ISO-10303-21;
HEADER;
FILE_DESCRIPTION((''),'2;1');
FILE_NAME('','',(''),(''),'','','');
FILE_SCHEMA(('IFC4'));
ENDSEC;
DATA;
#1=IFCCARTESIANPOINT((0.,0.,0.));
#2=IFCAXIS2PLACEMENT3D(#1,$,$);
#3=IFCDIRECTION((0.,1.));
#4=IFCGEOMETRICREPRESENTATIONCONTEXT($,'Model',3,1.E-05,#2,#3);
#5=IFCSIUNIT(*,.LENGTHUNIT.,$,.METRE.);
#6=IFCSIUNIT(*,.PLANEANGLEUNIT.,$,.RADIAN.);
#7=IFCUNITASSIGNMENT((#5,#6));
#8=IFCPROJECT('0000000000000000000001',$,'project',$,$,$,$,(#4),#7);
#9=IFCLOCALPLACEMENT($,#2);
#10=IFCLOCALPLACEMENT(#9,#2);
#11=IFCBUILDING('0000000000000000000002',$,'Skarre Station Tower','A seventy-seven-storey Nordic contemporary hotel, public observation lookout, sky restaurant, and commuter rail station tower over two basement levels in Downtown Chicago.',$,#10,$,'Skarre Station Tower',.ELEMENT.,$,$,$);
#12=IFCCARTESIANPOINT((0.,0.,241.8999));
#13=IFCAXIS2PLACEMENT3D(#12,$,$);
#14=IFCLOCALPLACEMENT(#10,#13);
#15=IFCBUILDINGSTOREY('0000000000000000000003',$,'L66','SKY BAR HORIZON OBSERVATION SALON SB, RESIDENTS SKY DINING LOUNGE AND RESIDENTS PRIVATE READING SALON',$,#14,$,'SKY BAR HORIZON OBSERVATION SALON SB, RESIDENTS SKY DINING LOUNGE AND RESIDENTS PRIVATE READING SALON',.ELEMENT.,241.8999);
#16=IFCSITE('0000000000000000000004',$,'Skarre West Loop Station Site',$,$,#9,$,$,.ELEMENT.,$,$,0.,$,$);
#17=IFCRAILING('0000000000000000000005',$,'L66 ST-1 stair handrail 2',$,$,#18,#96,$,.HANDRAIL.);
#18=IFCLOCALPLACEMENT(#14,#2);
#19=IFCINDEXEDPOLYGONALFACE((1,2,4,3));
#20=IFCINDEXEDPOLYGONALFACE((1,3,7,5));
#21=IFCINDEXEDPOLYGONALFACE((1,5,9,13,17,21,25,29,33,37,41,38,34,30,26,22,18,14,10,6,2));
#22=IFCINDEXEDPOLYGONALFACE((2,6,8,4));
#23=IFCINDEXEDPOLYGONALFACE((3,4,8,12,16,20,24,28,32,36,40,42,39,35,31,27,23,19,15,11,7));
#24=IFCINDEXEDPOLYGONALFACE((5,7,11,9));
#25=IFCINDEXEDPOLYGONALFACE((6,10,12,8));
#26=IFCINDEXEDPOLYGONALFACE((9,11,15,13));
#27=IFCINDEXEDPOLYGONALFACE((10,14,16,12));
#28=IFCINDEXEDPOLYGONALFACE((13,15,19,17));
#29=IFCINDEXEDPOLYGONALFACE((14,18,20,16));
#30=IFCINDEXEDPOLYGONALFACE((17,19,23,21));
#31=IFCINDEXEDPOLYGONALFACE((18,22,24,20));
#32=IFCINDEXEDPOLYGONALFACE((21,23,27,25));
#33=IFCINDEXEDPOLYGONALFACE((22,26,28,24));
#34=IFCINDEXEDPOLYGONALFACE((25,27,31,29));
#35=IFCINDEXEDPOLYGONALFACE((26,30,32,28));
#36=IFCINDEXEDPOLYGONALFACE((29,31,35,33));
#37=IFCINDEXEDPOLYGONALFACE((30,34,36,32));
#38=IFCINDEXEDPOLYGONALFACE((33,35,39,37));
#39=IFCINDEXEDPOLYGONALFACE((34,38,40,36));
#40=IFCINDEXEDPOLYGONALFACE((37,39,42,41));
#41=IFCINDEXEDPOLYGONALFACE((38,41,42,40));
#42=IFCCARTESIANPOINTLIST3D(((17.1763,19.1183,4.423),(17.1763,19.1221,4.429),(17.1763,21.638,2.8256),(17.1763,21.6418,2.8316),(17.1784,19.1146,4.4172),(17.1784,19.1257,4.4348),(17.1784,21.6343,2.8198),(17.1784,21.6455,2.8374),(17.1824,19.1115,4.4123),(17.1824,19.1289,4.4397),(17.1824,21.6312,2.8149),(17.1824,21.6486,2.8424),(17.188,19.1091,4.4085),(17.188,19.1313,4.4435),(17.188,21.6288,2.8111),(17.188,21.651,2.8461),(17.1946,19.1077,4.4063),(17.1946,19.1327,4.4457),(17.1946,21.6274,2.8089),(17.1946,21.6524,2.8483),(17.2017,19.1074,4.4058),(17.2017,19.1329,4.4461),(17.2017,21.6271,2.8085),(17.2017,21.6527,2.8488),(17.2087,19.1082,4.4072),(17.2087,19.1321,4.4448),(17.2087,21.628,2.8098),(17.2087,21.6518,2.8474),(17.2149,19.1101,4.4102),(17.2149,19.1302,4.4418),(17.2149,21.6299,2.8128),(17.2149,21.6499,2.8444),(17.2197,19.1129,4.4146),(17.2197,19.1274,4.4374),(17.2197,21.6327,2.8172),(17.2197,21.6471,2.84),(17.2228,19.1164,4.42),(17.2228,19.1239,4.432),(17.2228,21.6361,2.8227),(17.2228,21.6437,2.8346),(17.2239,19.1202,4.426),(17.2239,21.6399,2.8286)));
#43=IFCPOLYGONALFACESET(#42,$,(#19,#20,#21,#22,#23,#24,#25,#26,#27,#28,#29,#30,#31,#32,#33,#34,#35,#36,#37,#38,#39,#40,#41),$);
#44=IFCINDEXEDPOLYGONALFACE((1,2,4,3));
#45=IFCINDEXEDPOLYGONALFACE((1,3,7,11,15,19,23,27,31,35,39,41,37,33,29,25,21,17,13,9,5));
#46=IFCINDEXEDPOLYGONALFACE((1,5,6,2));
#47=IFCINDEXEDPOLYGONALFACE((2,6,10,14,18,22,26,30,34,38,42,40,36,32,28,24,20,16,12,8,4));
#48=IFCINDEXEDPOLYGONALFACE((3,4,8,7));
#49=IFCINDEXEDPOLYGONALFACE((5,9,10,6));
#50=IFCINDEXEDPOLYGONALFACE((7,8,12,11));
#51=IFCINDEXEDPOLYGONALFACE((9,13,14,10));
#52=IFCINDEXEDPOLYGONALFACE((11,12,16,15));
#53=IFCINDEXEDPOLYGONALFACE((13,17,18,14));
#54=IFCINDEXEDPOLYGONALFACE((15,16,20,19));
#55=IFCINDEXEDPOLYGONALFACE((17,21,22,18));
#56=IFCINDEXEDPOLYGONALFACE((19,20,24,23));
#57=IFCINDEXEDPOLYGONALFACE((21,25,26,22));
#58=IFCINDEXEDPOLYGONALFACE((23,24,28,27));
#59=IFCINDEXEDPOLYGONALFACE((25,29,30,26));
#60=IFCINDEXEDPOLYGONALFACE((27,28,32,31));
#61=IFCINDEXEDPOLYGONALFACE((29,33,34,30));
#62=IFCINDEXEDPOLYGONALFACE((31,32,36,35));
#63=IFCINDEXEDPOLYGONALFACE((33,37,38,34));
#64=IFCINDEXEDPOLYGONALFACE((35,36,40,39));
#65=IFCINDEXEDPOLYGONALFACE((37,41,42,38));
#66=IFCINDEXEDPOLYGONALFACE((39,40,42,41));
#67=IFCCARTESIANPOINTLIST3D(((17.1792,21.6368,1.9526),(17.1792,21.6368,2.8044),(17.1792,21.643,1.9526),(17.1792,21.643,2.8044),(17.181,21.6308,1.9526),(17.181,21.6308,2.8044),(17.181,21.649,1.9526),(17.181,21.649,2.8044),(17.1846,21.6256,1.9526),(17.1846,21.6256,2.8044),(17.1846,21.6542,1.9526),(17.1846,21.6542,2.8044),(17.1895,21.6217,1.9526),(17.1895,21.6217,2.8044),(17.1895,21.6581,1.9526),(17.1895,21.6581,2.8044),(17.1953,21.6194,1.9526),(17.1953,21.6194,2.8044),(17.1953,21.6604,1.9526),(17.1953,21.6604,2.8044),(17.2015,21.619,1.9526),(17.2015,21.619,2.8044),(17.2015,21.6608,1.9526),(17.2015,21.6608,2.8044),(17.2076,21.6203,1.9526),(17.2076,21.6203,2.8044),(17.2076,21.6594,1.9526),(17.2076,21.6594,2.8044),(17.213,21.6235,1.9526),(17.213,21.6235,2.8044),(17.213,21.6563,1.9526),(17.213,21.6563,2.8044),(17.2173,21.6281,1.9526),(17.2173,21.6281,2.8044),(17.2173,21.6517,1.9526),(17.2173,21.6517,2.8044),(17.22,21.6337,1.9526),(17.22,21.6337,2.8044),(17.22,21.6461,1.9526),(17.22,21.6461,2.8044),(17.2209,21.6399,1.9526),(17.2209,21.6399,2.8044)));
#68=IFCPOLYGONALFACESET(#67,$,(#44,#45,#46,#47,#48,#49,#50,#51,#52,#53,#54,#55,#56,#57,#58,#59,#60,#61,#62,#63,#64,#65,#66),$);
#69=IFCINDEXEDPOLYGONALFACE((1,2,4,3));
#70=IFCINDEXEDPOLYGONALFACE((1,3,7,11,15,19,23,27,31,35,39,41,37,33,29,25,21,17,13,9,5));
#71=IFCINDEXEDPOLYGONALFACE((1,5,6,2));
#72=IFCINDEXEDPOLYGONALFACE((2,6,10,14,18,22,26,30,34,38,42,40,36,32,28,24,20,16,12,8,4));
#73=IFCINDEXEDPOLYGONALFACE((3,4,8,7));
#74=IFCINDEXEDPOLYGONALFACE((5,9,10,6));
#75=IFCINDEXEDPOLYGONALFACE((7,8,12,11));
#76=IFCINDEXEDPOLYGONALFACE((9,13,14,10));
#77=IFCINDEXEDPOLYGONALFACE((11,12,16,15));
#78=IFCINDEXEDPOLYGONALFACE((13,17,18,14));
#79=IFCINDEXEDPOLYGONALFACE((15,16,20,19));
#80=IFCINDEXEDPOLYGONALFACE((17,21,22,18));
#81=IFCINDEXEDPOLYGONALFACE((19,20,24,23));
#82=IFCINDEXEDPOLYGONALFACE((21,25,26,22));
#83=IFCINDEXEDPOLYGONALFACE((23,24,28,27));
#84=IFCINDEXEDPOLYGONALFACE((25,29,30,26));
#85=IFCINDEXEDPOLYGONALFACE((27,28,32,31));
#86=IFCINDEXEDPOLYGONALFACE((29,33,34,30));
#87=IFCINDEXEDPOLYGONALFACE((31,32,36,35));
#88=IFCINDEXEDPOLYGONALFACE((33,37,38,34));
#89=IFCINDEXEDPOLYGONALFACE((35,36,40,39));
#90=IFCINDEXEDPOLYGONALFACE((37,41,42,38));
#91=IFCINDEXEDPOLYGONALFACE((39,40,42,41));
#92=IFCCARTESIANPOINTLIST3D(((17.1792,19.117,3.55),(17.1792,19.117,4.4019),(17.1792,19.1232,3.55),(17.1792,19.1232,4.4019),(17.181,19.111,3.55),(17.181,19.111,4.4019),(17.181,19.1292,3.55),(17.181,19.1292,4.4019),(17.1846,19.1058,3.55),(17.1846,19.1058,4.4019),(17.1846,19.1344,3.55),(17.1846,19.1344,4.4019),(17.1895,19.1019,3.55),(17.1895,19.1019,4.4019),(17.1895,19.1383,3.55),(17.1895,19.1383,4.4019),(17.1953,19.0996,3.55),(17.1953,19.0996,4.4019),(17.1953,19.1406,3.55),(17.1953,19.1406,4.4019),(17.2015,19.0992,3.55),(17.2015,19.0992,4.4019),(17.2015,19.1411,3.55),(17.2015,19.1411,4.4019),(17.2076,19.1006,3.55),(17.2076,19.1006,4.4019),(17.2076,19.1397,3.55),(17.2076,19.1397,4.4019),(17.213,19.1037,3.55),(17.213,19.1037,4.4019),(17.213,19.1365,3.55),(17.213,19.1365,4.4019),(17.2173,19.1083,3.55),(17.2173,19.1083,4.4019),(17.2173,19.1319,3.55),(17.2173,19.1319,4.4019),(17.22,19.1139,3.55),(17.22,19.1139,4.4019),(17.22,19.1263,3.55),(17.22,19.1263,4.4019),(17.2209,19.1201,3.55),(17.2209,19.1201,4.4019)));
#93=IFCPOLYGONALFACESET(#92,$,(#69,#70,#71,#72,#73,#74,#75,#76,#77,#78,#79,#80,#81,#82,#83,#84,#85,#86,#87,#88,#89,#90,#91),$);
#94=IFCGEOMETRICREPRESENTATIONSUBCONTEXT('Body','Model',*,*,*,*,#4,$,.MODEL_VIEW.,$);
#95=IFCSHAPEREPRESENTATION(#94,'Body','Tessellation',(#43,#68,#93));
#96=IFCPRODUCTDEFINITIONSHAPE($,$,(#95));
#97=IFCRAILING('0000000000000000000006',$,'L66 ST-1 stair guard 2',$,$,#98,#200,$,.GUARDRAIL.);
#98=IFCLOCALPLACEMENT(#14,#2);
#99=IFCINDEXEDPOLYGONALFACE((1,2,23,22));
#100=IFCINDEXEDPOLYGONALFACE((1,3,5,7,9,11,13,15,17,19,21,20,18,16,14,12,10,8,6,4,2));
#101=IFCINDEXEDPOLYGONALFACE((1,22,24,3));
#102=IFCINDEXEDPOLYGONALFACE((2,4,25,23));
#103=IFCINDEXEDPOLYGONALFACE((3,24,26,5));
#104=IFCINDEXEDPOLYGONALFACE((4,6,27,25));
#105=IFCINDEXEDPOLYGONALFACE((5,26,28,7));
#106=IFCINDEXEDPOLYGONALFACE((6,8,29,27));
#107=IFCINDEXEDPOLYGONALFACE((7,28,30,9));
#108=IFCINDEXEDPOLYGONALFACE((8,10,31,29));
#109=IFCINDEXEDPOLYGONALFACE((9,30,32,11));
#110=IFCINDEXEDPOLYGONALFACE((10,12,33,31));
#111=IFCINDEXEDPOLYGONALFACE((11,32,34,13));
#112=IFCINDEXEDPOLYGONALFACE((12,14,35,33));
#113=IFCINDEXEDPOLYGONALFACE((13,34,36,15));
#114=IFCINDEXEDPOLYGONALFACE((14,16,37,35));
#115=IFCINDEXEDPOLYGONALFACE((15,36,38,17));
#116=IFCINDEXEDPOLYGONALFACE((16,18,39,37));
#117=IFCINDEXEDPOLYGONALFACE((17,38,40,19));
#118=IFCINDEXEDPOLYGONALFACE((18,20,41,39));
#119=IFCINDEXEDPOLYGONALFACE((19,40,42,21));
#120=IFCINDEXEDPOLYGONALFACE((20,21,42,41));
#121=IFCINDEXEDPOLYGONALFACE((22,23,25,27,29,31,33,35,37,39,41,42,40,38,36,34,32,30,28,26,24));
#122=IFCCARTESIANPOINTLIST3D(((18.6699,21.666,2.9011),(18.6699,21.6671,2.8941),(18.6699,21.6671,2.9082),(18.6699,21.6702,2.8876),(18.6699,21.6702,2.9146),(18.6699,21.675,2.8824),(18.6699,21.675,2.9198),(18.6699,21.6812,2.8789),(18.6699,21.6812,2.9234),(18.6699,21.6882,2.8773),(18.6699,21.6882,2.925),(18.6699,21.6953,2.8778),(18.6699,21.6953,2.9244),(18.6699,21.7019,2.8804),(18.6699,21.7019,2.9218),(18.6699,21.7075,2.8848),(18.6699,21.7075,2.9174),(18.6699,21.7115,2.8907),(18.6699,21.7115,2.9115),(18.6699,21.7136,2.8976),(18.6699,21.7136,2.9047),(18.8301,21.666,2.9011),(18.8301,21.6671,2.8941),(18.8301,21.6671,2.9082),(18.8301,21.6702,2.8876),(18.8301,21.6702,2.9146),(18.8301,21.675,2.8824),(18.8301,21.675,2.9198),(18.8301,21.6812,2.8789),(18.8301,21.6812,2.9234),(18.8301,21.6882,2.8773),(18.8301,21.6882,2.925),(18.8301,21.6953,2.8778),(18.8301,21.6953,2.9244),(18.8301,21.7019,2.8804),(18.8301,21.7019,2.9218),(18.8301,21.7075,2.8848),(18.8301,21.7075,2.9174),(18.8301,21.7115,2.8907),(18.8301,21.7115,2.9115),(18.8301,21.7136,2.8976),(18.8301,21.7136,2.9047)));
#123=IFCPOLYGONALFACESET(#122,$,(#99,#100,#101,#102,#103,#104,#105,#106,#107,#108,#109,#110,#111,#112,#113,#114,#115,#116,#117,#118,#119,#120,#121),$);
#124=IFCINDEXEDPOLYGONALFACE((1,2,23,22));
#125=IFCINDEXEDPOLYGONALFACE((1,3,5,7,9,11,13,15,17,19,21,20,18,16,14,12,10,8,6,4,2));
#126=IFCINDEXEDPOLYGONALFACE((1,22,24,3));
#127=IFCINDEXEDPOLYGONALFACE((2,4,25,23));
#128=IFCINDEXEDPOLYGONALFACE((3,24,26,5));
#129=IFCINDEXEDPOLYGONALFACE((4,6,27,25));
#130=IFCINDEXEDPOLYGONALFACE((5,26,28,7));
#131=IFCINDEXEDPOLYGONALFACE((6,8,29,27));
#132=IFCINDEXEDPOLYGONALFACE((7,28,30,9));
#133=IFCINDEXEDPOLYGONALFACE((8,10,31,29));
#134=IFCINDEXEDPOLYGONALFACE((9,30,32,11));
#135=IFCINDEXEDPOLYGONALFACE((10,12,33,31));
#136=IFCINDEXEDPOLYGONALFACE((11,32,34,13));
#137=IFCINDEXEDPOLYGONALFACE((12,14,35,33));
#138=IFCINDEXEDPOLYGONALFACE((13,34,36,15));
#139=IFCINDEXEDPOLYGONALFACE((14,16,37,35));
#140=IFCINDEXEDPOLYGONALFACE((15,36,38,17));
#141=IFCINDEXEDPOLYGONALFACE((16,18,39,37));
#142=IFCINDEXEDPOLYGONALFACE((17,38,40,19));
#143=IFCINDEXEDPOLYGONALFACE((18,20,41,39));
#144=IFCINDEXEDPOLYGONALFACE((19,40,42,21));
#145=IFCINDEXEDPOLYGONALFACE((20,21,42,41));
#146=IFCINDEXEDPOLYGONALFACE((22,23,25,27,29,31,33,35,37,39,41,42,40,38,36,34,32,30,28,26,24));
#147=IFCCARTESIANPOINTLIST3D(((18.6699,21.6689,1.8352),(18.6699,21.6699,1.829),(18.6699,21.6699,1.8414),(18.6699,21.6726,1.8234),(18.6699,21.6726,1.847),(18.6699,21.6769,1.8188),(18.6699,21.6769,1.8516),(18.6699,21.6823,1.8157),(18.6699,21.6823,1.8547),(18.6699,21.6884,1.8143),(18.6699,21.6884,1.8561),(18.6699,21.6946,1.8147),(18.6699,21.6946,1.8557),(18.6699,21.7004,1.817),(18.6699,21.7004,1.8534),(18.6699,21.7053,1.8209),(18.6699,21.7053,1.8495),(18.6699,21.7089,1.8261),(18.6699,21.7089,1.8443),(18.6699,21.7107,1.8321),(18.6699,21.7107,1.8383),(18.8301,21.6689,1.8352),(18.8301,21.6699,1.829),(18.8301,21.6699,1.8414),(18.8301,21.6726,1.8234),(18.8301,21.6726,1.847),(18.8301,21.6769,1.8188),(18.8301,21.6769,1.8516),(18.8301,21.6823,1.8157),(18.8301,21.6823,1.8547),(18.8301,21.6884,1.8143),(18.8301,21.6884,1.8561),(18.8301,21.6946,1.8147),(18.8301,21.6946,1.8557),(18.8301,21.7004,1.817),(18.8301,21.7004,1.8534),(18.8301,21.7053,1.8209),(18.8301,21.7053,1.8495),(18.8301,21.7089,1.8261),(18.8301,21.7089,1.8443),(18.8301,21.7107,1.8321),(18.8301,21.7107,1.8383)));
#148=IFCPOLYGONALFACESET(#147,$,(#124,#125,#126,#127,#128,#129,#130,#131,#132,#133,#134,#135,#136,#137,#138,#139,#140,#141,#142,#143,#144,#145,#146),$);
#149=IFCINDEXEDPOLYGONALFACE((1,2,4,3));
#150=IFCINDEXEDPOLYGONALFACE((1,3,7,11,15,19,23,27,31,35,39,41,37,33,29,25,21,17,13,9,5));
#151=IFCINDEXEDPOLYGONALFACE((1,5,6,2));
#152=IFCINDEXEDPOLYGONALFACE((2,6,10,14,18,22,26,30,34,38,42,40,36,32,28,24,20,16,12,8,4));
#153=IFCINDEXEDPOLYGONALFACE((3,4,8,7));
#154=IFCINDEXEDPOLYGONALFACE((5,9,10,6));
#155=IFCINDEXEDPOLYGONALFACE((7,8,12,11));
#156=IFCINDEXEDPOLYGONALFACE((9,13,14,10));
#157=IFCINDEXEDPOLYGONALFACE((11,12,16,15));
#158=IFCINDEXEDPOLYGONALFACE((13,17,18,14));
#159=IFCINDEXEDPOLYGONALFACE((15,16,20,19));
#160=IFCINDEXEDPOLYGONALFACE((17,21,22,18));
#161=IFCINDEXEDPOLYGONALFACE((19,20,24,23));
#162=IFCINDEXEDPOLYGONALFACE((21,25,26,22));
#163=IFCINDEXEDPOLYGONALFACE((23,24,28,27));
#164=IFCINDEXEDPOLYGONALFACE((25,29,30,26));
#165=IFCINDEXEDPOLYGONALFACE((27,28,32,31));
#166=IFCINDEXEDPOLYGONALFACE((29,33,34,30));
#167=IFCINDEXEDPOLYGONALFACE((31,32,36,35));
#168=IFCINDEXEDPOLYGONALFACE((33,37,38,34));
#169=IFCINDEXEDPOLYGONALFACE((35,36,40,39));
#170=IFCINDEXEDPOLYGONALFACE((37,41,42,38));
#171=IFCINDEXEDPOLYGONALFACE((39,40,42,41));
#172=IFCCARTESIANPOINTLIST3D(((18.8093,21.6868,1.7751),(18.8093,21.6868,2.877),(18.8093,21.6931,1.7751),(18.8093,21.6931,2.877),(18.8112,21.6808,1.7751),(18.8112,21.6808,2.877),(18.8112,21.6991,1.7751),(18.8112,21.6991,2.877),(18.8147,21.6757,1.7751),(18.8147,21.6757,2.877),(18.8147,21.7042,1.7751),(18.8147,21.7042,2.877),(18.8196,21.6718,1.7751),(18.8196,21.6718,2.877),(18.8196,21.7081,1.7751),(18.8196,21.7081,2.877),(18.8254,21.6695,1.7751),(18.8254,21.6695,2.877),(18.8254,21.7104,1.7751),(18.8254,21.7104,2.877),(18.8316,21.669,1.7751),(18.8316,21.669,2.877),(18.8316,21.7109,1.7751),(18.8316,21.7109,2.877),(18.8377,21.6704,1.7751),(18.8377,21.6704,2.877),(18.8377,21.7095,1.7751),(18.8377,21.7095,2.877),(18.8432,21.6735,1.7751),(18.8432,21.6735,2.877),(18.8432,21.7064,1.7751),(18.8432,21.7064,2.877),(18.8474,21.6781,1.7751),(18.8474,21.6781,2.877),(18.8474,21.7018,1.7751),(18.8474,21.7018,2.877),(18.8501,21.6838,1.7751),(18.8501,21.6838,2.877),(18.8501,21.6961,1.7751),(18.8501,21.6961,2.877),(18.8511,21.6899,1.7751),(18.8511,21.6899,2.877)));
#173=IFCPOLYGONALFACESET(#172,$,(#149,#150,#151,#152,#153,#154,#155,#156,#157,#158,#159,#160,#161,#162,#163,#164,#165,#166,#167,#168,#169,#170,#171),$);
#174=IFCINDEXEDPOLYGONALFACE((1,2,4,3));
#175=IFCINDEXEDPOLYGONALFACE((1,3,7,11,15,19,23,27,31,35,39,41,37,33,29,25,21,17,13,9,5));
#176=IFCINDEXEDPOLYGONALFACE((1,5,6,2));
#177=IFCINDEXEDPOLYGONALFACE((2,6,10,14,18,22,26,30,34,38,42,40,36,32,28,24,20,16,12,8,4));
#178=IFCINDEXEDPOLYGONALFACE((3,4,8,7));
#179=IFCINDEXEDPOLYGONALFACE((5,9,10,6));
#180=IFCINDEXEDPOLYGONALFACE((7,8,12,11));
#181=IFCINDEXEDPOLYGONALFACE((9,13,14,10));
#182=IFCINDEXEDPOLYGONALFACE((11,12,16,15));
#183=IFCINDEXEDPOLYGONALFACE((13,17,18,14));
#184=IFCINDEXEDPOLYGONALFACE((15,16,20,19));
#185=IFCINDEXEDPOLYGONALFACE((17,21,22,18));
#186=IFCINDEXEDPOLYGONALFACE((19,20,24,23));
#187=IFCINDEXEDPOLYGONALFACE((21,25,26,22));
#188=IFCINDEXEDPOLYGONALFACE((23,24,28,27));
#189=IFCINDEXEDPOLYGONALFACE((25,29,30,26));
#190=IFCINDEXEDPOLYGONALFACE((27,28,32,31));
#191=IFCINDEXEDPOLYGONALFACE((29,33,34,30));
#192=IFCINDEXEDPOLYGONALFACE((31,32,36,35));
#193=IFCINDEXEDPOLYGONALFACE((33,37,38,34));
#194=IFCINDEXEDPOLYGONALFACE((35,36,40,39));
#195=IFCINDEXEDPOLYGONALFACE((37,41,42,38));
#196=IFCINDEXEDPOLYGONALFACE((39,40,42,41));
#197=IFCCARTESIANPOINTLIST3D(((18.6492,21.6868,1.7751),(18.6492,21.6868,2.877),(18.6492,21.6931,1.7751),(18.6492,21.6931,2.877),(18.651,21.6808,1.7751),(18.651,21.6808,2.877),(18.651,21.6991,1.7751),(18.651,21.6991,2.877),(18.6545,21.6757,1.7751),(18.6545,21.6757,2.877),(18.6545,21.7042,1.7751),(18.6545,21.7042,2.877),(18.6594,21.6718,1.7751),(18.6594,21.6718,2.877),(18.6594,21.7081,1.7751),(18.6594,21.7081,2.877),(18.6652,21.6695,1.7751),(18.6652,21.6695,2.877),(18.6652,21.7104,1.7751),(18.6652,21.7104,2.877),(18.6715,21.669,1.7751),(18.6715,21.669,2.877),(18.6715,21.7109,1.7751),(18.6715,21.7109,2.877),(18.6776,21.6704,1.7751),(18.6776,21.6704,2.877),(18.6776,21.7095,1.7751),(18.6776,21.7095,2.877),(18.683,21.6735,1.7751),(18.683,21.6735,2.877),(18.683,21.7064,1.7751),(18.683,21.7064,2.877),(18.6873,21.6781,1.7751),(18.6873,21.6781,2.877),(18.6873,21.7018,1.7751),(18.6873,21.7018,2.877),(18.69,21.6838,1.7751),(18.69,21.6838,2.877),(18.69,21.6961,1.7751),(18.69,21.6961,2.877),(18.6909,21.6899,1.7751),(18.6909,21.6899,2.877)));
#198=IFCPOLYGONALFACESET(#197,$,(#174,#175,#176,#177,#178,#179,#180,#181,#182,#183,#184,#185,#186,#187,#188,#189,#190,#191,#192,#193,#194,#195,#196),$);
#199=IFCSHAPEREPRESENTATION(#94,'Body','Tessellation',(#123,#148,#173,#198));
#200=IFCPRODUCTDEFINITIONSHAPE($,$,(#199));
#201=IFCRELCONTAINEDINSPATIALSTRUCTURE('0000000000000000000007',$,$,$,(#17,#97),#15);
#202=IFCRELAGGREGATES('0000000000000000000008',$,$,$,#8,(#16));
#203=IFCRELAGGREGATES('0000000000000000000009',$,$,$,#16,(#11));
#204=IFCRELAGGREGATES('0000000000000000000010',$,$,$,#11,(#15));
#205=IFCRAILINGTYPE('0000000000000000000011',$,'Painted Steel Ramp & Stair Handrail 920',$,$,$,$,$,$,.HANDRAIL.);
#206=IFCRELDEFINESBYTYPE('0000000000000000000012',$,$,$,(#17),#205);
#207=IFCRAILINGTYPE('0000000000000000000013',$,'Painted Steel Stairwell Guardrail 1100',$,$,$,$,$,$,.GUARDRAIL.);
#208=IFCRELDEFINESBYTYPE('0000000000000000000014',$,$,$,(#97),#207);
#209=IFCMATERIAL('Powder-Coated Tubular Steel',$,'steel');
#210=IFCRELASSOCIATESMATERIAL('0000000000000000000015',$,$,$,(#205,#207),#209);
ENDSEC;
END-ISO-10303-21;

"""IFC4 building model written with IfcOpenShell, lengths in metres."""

from ifc_helpers import new_model, si_unit, direction, frame, origin, origin_2d, place, context, subcontext, project, spatial, circle, extrude, material, type_object, element, save


model = new_model("IFC4")

# Units and contexts
model_context = context("Model", 3, precision=1e-05, world=origin(), true_north=direction((0.0, 1.0)))
body_context = subcontext(model_context, "Body", "Model", "MODEL_VIEW")
ifc_project = project(units=[si_unit("LENGTHUNIT", "METRE"), si_unit("PLANEANGLEUNIT", "RADIAN")], contexts=[model_context])

# Site, building, storey
site_placement = place(None, origin())
site = spatial("IfcSite", under=ifc_project, at=site_placement, Name="Skarre West Loop Station Site", CompositionType="ELEMENT", RefElevation=0.0)
building_placement = place(site_placement, origin())
building = spatial("IfcBuilding", under=site, at=building_placement, Name="Skarre Station Tower", Description="A seventy-seven-storey Nordic contemporary hotel, public observation lookout, sky restaurant, and commuter rail station tower over two basement levels in Downtown Chicago.", LongName="Skarre Station Tower", CompositionType="ELEMENT")
storey_placement = place(building_placement, frame((0.0, 0.0, 241.8999)))
storey = spatial("IfcBuildingStorey", under=building, at=storey_placement, Name="L66", Description="SKY BAR HORIZON OBSERVATION SALON SB, RESIDENTS SKY DINING LOUNGE AND RESIDENTS PRIVATE READING SALON", LongName="SKY BAR HORIZON OBSERVATION SALON SB, RESIDENTS SKY DINING LOUNGE AND RESIDENTS PRIVATE READING SALON", CompositionType="ELEMENT", Elevation=241.8999)

# Railings
ifc_material_1 = material(Name="Powder-Coated Tubular Steel", Category="steel")
railing_type_1 = type_object("IfcRailingType", Name="Painted Steel Ramp & Stair Handrail 920", PredefinedType="HANDRAIL", material=ifc_material_1)
railing_1_placement = place(storey_placement, frame((17.2, 21.6399, 1.9526)))
element("IfcRailing", 1, at=railing_1_placement, inside=storey, type_object=railing_type_1, Name="L66 ST-1 stair handrail 2", PredefinedType="HANDRAIL", context=body_context, shape_type="SweptSolid", body=[
    extrude(circle(Radius=0.0239, at=origin_2d()), frame((0.0, 0.0, 0.876), z_axis=(0.0, -0.844583, 0.535424), x_axis=(1.0, 0.0, 0.0)), (0.0, 0.0, 1.0), 2.9834),
    extrude(circle(Radius=0.021, at=origin_2d()), origin(), (0.0, 0.0, 1.0), 0.8518),
    extrude(circle(Radius=0.021, at=origin_2d()), frame((0.0, -2.5198, 1.5974)), (0.0, 0.0, 1.0), 0.8518),
])
railing_type_2 = type_object("IfcRailingType", Name="Painted Steel Stairwell Guardrail 1100", PredefinedType="GUARDRAIL", material=ifc_material_1)
railing_2_placement = place(storey_placement, frame((18.8301, 21.6899, 1.7751)))
element("IfcRailing", 2, at=railing_2_placement, inside=storey, type_object=railing_type_2, Name="L66 ST-1 stair guard 2", PredefinedType="GUARDRAIL", context=body_context, shape_type="SweptSolid", body=[
    extrude(circle(Radius=0.0239, at=origin_2d()), frame((0.0, 0.0, 1.126), z_axis=(-1.0, 0.0, 0.0), x_axis=(0.0, -1.0, 0.0)), (0.0, 0.0, 1.0), 0.1602),
    extrude(circle(Radius=0.021, at=origin_2d()), frame((0.0, 0.0, 0.0601), z_axis=(-1.0, 0.0, 0.0), x_axis=(0.0, -1.0, 0.0)), (0.0, 0.0, 1.0), 0.1602),
    extrude(circle(Radius=0.021, at=origin_2d()), origin(), (0.0, 0.0, 1.0), 1.1018),
    extrude(circle(Radius=0.021, at=origin_2d()), frame((-0.1602, 0.0, 0.0)), (0.0, 0.0, 1.0), 1.1018),
])

save(model, "model.ifc")
